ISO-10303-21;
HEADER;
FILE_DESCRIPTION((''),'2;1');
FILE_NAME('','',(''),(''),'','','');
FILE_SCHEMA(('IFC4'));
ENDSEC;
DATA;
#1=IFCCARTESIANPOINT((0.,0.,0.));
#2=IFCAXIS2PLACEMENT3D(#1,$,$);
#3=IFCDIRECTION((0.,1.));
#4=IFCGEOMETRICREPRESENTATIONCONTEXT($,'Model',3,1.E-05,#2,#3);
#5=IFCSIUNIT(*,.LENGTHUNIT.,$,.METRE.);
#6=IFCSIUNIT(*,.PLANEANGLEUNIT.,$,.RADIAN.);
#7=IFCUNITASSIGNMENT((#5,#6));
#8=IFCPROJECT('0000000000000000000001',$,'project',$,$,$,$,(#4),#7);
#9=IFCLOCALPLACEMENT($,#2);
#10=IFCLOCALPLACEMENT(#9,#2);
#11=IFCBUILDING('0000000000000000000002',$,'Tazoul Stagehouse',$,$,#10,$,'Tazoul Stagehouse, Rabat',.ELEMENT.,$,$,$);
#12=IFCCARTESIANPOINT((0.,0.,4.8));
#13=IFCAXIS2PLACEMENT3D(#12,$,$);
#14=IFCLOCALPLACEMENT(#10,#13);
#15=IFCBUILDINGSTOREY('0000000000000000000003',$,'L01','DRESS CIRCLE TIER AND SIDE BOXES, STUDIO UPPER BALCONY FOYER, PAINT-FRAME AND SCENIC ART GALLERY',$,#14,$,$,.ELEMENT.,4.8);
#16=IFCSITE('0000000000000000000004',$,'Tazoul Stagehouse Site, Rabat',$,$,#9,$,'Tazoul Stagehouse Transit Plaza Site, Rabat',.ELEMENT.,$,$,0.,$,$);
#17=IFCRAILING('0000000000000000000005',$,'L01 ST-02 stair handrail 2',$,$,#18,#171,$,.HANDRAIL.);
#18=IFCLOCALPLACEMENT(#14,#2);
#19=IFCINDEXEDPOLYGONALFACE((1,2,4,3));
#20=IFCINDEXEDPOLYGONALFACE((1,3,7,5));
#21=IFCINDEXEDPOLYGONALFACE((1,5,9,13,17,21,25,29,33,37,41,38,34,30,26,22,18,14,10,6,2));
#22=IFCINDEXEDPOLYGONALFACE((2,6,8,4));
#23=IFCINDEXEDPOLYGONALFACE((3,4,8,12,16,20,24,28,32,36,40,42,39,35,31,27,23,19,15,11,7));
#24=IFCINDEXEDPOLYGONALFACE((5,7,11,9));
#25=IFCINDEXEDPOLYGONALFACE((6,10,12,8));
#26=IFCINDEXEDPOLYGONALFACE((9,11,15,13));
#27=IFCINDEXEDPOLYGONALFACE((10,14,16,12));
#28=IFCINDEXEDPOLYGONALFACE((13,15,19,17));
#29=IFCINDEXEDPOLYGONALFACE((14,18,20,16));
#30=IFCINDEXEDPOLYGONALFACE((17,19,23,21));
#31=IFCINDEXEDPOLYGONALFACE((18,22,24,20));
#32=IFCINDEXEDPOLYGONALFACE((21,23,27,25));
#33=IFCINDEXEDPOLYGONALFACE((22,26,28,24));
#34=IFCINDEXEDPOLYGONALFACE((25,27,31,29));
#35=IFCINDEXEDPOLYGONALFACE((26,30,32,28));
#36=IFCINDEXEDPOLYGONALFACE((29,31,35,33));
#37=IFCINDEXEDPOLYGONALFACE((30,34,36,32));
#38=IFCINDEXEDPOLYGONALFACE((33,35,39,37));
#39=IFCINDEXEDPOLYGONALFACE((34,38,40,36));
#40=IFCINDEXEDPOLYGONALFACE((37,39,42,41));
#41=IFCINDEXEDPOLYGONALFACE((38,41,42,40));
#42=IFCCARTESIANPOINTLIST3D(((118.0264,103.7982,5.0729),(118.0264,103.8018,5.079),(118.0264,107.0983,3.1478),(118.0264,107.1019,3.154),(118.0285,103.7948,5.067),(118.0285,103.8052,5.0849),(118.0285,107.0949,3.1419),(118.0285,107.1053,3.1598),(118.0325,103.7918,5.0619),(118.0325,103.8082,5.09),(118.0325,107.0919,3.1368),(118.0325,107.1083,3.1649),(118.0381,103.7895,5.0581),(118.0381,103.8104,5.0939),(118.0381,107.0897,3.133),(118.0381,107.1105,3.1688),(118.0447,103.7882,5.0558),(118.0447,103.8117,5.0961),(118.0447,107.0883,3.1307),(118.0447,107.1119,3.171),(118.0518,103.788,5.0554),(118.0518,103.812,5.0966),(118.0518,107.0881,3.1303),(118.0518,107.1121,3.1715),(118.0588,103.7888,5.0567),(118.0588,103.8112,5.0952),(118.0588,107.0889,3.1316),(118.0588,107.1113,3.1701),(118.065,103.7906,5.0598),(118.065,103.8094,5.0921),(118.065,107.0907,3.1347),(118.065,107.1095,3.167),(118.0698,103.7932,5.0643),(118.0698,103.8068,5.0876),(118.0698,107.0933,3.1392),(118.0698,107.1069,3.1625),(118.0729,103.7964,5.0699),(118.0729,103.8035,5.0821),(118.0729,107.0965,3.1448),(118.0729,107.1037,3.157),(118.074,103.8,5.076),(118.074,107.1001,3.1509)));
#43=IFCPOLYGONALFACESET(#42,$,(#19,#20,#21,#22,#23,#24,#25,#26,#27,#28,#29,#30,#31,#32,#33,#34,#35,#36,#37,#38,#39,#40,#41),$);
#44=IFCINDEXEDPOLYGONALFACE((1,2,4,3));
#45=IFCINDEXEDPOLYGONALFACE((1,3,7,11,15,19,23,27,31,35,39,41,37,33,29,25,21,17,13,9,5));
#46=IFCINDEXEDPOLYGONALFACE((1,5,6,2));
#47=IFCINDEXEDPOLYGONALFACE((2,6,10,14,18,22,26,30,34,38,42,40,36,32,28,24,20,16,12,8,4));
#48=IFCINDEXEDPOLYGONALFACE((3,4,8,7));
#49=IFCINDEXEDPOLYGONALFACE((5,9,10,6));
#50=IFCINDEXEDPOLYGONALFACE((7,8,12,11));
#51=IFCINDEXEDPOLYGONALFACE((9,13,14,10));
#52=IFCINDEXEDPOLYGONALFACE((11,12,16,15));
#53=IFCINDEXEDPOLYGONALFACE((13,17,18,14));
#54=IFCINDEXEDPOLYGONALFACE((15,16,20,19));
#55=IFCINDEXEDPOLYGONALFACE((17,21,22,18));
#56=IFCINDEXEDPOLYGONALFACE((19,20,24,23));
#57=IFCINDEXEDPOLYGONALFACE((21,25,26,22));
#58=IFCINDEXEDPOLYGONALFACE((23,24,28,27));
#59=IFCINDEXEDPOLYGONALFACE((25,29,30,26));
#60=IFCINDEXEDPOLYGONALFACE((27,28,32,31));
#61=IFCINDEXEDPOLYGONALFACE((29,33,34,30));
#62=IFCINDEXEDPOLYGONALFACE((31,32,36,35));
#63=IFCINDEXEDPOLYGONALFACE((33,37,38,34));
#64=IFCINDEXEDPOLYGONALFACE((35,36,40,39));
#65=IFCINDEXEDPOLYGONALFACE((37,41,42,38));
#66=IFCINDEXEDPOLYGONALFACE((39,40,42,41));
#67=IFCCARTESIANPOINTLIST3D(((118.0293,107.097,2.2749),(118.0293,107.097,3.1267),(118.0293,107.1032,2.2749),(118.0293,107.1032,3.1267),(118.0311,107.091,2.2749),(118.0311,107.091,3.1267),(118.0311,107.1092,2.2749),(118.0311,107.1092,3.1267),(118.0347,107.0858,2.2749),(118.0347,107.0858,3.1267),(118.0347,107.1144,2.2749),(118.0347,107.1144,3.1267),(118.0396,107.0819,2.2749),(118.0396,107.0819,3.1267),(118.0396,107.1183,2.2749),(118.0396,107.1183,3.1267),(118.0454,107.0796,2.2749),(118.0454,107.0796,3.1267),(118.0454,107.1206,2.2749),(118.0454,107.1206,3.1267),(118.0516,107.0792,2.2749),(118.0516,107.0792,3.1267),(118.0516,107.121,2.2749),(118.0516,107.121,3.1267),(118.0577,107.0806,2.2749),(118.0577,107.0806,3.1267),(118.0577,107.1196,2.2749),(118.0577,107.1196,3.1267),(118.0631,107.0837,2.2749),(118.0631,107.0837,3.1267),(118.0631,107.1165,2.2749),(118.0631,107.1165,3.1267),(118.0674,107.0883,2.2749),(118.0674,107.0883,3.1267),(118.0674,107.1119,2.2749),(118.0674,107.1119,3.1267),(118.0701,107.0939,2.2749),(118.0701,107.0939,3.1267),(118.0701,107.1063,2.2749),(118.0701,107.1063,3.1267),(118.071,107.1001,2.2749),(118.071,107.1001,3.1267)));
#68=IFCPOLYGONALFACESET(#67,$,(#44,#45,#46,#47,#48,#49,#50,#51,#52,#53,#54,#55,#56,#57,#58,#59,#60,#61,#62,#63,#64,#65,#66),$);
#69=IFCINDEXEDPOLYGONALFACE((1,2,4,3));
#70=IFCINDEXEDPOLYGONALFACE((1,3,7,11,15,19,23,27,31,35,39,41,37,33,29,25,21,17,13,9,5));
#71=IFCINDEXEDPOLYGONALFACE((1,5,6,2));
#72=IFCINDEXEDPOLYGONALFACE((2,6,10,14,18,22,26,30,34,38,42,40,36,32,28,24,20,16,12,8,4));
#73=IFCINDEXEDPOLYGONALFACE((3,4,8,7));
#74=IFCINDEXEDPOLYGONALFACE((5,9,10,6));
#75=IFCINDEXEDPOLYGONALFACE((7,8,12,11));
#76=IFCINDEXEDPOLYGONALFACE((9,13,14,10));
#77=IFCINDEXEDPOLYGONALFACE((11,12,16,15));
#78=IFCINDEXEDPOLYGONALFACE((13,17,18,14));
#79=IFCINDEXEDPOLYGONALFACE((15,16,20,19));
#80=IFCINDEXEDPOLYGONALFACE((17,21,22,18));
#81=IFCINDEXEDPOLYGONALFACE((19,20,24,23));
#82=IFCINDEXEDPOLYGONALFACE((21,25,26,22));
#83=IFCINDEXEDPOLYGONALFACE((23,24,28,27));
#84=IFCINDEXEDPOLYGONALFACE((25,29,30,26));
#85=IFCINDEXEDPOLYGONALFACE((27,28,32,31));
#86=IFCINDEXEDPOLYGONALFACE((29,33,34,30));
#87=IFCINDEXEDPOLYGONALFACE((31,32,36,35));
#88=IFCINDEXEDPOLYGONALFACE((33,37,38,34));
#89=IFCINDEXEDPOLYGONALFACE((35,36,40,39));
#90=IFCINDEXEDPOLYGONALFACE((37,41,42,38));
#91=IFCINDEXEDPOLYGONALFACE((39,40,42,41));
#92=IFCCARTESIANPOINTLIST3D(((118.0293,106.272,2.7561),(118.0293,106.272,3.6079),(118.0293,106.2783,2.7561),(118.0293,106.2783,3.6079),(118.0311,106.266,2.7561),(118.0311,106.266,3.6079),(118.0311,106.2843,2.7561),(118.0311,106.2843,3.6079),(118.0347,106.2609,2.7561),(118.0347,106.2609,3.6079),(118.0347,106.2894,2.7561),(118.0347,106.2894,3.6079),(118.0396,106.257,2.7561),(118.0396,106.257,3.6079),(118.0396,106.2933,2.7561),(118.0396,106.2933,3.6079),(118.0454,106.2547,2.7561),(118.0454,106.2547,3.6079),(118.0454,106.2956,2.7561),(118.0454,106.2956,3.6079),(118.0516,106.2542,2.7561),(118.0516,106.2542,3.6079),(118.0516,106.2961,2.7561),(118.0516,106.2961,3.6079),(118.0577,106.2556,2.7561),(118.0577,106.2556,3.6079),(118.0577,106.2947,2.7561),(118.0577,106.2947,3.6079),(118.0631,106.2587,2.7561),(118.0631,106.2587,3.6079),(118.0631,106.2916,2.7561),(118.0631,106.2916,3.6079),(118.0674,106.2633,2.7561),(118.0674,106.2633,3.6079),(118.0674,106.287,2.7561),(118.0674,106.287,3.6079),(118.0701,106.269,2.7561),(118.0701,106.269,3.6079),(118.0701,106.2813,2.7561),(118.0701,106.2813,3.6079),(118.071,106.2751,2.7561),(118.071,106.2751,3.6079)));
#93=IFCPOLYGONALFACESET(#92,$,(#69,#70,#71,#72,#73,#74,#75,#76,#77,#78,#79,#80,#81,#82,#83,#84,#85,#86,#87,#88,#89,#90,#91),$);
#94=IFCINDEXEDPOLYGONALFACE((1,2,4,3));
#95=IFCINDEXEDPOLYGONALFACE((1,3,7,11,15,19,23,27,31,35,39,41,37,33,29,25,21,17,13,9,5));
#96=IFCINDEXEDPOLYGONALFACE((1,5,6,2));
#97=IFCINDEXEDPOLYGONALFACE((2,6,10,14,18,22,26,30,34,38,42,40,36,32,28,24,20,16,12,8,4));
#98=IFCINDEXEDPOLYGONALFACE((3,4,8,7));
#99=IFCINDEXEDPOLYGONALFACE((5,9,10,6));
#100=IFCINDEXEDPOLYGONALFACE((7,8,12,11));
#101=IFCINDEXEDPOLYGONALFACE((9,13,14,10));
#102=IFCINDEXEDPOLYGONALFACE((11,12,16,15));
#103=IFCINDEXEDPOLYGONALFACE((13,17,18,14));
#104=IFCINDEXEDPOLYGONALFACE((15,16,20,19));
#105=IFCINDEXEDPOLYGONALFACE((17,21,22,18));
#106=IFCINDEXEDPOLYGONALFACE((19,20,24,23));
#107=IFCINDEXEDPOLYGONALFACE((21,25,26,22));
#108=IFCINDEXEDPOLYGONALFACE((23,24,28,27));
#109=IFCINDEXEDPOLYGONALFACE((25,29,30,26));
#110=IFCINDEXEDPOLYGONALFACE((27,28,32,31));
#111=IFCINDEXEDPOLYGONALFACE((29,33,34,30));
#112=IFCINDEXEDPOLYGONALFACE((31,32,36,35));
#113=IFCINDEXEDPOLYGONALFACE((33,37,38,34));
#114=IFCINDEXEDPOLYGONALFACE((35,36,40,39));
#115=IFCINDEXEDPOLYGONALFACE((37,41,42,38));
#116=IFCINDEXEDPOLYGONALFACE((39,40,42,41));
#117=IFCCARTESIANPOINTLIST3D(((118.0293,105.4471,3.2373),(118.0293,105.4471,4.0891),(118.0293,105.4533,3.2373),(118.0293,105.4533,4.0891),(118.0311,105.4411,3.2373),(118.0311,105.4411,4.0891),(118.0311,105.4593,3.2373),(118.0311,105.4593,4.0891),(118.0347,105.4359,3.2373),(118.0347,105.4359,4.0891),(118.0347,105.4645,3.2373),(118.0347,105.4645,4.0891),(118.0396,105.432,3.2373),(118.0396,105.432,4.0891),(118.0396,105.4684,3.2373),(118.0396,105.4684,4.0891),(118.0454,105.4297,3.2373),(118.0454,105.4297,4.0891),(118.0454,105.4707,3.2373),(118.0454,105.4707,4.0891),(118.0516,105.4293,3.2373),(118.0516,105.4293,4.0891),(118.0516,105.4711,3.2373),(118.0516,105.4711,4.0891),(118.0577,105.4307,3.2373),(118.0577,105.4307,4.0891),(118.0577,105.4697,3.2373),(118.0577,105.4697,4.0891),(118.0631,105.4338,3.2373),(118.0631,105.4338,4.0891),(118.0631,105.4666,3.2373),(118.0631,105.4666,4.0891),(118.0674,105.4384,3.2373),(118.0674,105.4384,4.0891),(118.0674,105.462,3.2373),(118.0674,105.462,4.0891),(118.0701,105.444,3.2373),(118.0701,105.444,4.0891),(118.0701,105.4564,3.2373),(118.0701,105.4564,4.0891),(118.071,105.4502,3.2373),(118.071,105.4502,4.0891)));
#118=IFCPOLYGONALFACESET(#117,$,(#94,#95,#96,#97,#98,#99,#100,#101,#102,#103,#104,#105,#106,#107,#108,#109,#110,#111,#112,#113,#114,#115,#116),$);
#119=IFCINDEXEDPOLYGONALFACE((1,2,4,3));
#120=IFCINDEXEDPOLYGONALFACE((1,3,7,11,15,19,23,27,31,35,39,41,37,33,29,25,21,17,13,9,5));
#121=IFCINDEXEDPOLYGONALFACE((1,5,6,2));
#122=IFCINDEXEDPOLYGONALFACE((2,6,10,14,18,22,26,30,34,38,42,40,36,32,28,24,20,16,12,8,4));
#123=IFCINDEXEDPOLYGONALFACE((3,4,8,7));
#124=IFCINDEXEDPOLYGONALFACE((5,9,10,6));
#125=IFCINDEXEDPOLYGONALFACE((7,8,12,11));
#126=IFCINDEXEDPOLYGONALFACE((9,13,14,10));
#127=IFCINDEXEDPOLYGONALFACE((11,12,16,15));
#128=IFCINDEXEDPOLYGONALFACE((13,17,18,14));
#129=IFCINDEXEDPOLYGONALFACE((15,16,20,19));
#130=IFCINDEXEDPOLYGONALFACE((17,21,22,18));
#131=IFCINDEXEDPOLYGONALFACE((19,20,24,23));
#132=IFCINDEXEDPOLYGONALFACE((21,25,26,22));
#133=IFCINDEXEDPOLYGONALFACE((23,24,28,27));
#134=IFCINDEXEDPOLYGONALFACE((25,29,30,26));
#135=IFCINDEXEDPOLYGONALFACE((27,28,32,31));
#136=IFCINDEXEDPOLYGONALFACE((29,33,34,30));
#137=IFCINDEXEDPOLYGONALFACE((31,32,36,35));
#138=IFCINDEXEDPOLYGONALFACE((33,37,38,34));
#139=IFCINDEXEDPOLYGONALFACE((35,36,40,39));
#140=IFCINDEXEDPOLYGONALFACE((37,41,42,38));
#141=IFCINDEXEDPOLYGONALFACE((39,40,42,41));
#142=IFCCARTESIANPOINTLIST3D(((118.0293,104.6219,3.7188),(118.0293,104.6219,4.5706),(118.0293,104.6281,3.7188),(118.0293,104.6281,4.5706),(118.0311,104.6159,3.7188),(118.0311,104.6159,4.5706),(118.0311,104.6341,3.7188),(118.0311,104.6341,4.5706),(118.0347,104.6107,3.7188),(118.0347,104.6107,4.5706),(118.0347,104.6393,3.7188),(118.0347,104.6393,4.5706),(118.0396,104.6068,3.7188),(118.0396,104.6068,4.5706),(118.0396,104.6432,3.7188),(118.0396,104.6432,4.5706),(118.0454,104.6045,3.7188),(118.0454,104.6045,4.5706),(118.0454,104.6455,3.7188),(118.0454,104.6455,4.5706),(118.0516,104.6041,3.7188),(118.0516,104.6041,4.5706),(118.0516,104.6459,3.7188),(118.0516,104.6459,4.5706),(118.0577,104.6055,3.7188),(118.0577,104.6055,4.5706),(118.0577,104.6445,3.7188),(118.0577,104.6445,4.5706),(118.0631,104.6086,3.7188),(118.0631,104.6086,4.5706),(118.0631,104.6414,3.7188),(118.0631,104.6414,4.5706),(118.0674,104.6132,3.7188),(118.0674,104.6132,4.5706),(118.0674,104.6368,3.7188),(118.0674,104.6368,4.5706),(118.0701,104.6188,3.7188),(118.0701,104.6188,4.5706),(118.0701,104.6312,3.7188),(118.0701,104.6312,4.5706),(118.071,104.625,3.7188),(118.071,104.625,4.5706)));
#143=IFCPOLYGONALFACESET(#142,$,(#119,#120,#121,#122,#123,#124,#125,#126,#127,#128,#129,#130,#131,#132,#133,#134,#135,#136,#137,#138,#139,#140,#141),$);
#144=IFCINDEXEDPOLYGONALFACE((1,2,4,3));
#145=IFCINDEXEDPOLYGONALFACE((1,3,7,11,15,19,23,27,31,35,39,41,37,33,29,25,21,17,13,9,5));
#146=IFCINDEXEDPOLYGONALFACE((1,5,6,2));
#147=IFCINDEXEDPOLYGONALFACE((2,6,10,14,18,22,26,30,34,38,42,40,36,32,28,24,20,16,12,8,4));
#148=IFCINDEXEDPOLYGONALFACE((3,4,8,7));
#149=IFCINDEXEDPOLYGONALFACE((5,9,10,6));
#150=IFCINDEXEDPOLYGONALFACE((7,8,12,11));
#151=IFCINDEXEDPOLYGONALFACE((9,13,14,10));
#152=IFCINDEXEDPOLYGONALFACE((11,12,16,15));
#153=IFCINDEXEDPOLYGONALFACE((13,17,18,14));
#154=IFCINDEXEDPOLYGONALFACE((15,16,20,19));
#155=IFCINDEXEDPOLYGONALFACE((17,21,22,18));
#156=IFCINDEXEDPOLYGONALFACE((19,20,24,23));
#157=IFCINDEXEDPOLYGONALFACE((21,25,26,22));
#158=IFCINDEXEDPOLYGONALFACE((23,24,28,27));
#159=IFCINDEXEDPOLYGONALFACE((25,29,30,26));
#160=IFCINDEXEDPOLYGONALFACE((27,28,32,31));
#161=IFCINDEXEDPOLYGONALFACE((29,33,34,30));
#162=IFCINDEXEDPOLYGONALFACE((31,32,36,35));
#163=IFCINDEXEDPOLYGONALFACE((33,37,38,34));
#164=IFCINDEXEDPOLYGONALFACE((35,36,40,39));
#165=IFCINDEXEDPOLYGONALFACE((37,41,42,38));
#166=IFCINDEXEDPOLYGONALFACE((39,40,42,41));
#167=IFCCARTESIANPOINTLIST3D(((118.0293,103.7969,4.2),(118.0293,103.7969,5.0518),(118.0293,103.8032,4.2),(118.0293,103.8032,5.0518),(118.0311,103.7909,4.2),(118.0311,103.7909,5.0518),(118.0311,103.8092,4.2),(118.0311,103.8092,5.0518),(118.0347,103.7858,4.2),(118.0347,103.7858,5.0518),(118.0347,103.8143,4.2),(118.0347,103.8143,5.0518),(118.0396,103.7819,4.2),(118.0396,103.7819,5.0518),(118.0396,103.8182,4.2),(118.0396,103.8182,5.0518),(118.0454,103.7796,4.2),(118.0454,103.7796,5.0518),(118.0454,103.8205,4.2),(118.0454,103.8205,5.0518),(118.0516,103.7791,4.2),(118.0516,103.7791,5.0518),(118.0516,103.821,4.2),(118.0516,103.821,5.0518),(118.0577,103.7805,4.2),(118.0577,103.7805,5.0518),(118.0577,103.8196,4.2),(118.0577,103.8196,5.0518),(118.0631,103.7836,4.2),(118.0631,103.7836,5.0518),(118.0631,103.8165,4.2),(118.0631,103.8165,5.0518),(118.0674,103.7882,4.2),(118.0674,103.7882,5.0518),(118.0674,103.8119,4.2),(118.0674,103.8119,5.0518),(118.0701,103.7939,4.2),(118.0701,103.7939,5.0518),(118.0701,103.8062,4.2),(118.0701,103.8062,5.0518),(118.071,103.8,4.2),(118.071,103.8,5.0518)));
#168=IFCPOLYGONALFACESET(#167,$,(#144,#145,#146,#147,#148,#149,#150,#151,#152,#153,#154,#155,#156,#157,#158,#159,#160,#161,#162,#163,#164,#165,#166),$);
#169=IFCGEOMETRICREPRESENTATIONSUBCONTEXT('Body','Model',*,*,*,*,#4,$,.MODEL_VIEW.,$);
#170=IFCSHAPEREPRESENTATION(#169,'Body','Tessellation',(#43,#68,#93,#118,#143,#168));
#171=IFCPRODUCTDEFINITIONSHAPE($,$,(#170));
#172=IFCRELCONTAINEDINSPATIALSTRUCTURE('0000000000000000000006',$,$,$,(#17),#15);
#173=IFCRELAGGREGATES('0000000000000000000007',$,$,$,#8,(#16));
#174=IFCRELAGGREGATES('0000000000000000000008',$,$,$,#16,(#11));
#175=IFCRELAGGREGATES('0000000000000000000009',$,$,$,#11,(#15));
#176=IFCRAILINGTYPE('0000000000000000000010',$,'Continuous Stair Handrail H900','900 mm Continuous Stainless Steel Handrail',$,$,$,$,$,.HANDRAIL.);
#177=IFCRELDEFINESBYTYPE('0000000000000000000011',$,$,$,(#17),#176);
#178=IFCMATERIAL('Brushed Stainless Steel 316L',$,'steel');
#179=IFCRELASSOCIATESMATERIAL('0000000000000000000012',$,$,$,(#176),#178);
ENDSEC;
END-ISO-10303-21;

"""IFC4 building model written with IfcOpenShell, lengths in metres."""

from ifc_helpers import new_model, si_unit, direction, frame, origin, origin_2d, place, context, subcontext, project, spatial, circle, extrude, material, material_profile, profile_set, type_object, element, save


model = new_model("IFC4")

# Units and contexts
model_context = context("Model", 3, precision=1e-05, world=origin(), true_north=direction((0.0, 1.0)))
body_context = subcontext(model_context, "Body", "Model", "MODEL_VIEW")
ifc_project = project(units=[si_unit("LENGTHUNIT", "METRE"), si_unit("PLANEANGLEUNIT", "RADIAN")], contexts=[model_context])

# Site, building, storey
site_placement = place(None, origin())
site = spatial("IfcSite", under=ifc_project, at=site_placement, Name="Tazoul Stagehouse Site, Rabat", LongName="Tazoul Stagehouse Transit Plaza Site, Rabat", CompositionType="ELEMENT", RefElevation=0.0)
building_placement = place(site_placement, origin())
building = spatial("IfcBuilding", under=site, at=building_placement, Name="Tazoul Stagehouse", LongName="Tazoul Stagehouse, Rabat", CompositionType="ELEMENT")
storey_placement = place(building_placement, frame((0.0, 0.0, 4.8)))
storey = spatial("IfcBuildingStorey", under=building, at=storey_placement, Name="L01", Description="DRESS CIRCLE TIER AND SIDE BOXES, STUDIO UPPER BALCONY FOYER, PAINT-FRAME AND SCENIC ART GALLERY", CompositionType="ELEMENT", Elevation=4.8)

# Railing
ifc_material_1 = material(Name="Brushed Stainless Steel 316L", Category="steel")
ifc_material_profile_1 = material_profile(ifc_material_1, circle(Radius=0.021, at=origin_2d()), Name="SS HANDRAIL D42")
ifc_profile_set_1 = profile_set([ifc_material_profile_1], Name="Brushed Stainless Steel 316L")
railing_type_1 = type_object("IfcRailingType", Name="Continuous Stair Handrail H900", Description="900 mm Continuous Stainless Steel Handrail", PredefinedType="HANDRAIL", material=ifc_profile_set_1)
railing_1_placement = place(storey_placement, frame((118.05, 107.1001, 2.2749)))
element("IfcRailing", 1, at=railing_1_placement, inside=storey, type_object=railing_type_1, Name="L01 ST-02 stair handrail 2", PredefinedType="HANDRAIL", context=body_context, shape_type="SweptSolid", body=[
    extrude(circle(Radius=0.0239, at=origin_2d()), frame((0.0, 0.0, 0.876), z_axis=(0.0, -0.863777, 0.503875), x_axis=(1.0, 0.0, 0.0)), (0.0, 0.0, 1.0), 3.8206),
    extrude(circle(Radius=0.021, at=origin_2d()), origin(), (0.0, 0.0, 1.0), 0.8518),
    extrude(circle(Radius=0.021, at=origin_2d()), frame((0.0, -0.825, 0.4812)), (0.0, 0.0, 1.0), 0.8518),
    extrude(circle(Radius=0.021, at=origin_2d()), frame((0.0, -1.6499, 0.9624)), (0.0, 0.0, 1.0), 0.8518),
    extrude(circle(Radius=0.021, at=origin_2d()), frame((0.0, -2.4751, 1.4438)), (0.0, 0.0, 1.0), 0.8518),
    extrude(circle(Radius=0.021, at=origin_2d()), frame((0.0, -3.3, 1.925)), (0.0, 0.0, 1.0), 0.8518),
])

save(model, "model.ifc")
